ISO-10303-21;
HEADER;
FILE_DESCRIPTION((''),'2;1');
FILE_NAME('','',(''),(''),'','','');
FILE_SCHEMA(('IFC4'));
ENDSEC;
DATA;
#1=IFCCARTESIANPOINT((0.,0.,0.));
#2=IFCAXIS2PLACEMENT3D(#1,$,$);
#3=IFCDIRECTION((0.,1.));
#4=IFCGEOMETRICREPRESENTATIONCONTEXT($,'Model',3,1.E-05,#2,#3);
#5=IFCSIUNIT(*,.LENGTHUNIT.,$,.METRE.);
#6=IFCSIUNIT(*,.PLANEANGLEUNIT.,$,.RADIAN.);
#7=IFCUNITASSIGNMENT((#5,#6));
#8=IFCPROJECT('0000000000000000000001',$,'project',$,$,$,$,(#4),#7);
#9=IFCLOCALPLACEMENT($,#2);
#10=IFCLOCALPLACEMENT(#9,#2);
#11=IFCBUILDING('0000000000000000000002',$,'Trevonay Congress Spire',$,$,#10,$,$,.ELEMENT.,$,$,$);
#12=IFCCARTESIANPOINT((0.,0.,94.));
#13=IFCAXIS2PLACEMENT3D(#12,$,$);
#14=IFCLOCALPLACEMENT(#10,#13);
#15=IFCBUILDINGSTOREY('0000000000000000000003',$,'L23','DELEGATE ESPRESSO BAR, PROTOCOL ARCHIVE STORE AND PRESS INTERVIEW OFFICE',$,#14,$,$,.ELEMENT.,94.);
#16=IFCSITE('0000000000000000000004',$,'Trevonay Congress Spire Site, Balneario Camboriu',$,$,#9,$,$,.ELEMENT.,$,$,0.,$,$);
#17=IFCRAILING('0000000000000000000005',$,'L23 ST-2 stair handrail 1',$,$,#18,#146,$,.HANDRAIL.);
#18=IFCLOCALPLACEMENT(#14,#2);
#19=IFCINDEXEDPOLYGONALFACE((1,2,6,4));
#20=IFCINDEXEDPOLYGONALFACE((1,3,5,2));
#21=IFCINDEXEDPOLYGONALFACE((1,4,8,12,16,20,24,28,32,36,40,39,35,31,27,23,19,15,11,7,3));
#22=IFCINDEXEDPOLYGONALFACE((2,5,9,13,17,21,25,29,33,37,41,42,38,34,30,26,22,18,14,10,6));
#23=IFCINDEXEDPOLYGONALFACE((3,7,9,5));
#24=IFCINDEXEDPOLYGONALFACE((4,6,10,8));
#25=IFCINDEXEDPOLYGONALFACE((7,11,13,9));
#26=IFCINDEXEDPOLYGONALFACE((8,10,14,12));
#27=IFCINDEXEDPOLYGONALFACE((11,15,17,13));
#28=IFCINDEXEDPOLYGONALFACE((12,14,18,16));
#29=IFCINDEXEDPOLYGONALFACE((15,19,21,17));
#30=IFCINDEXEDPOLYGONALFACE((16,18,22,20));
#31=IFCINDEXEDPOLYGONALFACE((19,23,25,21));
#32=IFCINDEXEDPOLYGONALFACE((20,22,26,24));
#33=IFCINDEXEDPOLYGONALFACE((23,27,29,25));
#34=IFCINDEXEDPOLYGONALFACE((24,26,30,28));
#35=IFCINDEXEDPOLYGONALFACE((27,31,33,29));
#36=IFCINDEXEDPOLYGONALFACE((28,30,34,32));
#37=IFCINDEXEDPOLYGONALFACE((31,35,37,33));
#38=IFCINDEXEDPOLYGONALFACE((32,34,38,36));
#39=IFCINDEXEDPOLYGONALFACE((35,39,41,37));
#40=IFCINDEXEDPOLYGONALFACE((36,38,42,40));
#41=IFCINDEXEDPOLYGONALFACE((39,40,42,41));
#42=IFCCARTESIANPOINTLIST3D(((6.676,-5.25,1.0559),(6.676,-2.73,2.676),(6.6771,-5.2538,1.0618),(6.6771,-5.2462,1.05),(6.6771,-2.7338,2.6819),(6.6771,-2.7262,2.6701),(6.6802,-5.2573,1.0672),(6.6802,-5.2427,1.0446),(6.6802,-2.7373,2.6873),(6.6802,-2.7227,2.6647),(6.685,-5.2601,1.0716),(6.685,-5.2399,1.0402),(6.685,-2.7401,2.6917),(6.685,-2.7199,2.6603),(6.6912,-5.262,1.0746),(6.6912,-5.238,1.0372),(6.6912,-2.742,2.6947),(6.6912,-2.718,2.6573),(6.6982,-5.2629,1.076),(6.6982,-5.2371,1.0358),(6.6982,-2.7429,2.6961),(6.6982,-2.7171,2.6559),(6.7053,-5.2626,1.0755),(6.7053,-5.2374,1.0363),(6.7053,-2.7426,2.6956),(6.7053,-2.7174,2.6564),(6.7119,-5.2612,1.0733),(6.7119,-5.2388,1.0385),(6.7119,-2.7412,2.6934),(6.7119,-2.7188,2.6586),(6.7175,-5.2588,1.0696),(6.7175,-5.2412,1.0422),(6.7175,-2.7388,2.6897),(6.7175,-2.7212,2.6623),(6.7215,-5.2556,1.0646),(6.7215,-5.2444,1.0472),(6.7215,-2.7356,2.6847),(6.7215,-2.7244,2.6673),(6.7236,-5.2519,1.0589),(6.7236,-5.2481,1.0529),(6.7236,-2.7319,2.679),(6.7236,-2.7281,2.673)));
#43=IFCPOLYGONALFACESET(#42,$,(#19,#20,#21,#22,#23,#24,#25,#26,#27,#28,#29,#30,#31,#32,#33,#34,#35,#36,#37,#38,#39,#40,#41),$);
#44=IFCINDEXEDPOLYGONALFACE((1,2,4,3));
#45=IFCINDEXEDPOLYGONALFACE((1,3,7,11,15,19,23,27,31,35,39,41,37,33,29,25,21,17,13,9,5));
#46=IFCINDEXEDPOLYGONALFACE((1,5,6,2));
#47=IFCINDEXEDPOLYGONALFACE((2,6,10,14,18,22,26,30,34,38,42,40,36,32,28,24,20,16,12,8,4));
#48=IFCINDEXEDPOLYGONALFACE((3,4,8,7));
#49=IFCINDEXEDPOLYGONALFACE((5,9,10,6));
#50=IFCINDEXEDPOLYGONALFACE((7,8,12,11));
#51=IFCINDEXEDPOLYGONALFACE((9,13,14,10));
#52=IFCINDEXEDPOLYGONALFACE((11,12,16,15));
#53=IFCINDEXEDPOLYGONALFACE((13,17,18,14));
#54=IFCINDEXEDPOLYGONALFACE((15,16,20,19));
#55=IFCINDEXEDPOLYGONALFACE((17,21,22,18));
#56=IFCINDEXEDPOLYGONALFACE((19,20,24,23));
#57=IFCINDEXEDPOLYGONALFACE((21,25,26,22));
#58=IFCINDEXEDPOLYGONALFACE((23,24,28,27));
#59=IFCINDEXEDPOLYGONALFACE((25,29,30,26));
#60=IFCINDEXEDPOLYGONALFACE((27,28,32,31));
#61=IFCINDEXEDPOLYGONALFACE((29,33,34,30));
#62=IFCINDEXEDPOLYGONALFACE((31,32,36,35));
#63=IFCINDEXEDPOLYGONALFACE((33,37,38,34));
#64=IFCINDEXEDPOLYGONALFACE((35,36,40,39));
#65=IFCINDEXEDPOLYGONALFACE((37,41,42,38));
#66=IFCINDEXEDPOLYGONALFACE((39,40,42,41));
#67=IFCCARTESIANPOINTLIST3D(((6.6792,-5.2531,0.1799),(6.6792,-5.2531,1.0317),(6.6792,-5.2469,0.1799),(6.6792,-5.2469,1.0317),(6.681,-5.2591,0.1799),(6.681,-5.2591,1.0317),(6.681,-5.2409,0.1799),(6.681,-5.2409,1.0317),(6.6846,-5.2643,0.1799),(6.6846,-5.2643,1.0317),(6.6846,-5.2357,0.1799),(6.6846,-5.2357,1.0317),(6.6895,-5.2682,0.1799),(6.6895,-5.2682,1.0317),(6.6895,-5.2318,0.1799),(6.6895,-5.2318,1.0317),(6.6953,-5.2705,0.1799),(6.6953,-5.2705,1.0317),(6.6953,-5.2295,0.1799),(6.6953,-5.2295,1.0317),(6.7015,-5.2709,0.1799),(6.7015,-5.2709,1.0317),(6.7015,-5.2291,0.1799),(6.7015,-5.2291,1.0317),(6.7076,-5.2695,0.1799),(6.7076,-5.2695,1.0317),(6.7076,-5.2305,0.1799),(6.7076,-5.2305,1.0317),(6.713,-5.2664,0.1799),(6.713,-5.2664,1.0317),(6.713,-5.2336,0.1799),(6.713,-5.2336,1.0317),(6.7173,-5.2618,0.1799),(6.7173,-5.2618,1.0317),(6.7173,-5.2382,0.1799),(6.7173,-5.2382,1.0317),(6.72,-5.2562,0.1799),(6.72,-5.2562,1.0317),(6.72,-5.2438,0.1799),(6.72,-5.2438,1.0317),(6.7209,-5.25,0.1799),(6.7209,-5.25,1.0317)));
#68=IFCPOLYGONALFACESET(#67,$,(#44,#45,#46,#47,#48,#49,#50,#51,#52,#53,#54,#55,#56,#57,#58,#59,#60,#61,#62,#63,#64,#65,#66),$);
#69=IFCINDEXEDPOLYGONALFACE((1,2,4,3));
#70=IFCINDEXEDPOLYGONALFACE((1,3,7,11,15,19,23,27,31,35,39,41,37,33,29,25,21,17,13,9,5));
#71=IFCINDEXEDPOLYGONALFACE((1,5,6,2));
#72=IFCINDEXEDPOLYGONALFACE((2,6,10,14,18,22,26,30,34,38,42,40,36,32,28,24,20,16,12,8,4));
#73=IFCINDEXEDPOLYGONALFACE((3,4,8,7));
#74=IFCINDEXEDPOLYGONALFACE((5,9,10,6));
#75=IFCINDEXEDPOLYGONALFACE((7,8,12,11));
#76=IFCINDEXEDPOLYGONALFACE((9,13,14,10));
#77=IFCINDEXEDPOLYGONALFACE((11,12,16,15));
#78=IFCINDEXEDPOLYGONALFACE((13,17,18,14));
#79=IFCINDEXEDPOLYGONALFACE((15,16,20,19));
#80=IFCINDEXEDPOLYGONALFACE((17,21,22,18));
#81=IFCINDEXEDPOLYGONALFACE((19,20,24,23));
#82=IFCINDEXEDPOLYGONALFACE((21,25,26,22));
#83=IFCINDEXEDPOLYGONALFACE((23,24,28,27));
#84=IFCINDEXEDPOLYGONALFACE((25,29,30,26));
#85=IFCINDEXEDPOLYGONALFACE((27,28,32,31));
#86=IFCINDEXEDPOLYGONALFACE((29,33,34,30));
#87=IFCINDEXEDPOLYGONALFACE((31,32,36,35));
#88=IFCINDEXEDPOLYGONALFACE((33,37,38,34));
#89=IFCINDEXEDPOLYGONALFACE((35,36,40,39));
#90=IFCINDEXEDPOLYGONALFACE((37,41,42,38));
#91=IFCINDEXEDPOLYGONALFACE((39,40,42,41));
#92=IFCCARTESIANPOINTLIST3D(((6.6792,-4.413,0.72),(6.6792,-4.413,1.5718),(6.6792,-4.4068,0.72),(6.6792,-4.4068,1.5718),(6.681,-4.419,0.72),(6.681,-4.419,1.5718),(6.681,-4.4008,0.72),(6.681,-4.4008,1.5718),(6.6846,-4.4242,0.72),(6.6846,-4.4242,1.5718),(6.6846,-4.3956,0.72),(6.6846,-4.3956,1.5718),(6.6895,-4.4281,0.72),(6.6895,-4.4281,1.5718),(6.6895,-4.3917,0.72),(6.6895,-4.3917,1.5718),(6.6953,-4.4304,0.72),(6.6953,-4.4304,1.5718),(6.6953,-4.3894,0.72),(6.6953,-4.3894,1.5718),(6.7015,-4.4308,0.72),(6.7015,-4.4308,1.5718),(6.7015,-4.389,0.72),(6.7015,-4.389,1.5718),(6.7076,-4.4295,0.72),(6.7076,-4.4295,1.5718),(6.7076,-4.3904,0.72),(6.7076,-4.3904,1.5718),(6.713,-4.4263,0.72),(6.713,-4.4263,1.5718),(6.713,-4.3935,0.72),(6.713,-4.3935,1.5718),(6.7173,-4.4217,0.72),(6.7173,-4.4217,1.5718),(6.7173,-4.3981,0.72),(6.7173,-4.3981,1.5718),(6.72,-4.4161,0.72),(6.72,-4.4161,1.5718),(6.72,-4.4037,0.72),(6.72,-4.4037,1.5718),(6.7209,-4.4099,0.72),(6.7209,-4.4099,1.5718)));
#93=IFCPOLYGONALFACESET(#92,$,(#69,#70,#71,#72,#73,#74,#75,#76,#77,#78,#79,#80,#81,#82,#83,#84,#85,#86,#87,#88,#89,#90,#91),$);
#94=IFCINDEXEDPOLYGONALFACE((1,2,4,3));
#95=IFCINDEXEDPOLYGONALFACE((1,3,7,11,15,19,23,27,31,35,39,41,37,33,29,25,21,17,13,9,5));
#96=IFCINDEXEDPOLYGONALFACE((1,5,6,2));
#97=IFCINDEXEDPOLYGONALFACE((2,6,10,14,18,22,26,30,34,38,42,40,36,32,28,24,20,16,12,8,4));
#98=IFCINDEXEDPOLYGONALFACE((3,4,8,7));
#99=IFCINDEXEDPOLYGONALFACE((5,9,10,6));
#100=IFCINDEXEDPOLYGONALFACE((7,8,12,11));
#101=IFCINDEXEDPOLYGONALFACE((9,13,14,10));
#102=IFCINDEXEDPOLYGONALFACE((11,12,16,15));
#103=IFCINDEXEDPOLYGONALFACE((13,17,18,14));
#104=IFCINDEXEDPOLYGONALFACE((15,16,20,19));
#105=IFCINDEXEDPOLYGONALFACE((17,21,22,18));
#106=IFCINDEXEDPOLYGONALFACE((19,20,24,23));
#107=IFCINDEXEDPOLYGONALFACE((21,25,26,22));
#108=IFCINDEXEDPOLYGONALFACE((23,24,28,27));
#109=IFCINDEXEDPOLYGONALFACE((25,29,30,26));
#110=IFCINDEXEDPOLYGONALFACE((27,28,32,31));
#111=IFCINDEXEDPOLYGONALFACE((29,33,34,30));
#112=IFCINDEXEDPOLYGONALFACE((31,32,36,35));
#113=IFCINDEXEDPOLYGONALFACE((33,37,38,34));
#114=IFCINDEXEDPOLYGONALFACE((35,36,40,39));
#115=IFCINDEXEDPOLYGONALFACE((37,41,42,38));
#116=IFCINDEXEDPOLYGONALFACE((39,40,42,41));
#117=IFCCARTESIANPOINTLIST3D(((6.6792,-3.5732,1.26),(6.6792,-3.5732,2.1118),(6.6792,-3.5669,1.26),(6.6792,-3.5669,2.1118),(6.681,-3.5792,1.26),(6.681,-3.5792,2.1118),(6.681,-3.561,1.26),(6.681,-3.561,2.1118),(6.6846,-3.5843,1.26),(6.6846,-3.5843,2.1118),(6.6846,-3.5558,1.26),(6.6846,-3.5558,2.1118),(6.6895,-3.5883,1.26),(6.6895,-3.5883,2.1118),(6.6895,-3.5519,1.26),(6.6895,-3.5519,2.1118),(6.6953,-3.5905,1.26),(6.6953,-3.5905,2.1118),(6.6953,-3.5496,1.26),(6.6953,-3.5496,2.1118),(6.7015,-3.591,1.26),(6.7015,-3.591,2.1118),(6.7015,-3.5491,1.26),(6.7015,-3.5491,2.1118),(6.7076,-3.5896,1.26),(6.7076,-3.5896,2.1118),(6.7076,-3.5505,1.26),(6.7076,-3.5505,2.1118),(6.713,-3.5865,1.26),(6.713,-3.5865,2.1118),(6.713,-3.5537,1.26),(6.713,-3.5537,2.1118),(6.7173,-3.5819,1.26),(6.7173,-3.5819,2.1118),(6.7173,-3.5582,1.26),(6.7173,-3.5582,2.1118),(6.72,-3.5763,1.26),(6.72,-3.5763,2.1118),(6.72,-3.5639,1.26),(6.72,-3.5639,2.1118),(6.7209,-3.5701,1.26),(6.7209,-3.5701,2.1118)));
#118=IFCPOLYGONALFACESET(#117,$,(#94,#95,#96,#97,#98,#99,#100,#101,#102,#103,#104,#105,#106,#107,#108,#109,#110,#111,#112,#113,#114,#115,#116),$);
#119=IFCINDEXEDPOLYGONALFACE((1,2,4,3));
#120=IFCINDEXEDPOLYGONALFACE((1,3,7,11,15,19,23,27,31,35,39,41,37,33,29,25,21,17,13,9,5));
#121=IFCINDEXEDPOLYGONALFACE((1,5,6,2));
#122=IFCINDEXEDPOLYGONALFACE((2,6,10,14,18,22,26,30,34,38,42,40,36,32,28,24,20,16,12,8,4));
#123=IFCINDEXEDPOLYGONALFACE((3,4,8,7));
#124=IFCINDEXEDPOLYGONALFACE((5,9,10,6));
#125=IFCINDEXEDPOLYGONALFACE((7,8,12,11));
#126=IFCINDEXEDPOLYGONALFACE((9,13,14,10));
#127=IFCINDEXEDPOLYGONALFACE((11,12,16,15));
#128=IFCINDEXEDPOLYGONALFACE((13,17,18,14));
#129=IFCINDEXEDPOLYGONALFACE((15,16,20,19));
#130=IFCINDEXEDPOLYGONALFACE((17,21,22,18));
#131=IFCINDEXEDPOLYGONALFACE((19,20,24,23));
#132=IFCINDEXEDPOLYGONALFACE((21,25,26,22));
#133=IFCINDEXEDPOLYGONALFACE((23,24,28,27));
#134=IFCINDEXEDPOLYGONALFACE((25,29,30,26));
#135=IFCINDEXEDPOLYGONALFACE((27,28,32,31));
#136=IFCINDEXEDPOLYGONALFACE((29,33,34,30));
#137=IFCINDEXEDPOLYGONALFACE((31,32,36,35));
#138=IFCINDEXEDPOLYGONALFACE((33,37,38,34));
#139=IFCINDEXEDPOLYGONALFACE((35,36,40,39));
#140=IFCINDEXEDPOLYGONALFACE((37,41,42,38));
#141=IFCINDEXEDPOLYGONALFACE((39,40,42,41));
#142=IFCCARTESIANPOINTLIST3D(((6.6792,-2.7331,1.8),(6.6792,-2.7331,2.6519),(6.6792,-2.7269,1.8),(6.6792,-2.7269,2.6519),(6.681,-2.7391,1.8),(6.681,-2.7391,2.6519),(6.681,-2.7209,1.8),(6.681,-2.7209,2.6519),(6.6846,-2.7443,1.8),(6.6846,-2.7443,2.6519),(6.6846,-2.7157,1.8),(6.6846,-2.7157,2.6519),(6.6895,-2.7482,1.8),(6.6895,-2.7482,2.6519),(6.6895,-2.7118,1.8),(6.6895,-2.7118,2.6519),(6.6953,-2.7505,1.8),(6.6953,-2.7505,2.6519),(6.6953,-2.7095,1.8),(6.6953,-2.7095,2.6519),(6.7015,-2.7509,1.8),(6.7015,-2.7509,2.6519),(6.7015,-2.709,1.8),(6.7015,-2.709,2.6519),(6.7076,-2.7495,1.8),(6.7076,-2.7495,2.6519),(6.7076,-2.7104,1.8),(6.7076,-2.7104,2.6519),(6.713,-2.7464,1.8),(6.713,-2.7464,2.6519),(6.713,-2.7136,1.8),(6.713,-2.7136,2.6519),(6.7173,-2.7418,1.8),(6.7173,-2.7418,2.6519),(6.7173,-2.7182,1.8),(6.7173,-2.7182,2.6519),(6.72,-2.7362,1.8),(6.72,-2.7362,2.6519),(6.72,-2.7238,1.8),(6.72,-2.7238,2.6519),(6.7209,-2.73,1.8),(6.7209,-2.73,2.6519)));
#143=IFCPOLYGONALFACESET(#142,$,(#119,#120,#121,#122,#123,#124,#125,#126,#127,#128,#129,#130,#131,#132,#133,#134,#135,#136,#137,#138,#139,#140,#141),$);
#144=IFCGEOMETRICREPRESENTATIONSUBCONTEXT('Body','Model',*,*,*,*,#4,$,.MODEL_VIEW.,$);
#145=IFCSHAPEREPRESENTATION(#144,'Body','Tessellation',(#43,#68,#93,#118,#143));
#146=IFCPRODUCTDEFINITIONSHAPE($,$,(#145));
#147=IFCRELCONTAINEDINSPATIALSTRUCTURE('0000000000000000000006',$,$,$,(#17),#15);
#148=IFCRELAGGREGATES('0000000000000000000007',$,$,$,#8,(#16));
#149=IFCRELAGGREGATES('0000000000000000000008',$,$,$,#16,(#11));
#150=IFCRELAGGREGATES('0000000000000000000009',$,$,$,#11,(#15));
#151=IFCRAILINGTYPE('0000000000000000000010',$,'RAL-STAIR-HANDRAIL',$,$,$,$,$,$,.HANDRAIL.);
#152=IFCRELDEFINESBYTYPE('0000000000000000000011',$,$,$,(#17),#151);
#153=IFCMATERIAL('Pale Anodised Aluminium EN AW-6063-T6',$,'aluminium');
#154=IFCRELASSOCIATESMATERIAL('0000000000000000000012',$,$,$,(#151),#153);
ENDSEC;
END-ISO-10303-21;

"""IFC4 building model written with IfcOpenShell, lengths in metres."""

from ifc_helpers import new_model, si_unit, direction, frame, origin, origin_2d, place, context, subcontext, project, spatial, circle, extrude, material, type_object, element, save


model = new_model("IFC4")

# Units and contexts
model_context = context("Model", 3, precision=1e-05, world=origin(), true_north=direction((0.0, 1.0)))
body_context = subcontext(model_context, "Body", "Model", "MODEL_VIEW")
ifc_project = project(units=[si_unit("LENGTHUNIT", "METRE"), si_unit("PLANEANGLEUNIT", "RADIAN")], contexts=[model_context])

# Site, building, storey
site_placement = place(None, origin())
site = spatial("IfcSite", under=ifc_project, at=site_placement, Name="Trevonay Congress Spire Site, Balneario Camboriu", CompositionType="ELEMENT", RefElevation=0.0)
building_placement = place(site_placement, origin())
building = spatial("IfcBuilding", under=site, at=building_placement, Name="Trevonay Congress Spire", CompositionType="ELEMENT")
storey_placement = place(building_placement, frame((0.0, 0.0, 94.0)))
storey = spatial("IfcBuildingStorey", under=building, at=storey_placement, Name="L23", Description="DELEGATE ESPRESSO BAR, PROTOCOL ARCHIVE STORE AND PRESS INTERVIEW OFFICE", CompositionType="ELEMENT", Elevation=94.0)

# Shared definitions
ifc_material_1 = material(Name="Pale Anodised Aluminium EN AW-6063-T6", Category="aluminium")

# Railing
railing_type_1 = type_object("IfcRailingType", Name="RAL-STAIR-HANDRAIL", PredefinedType="HANDRAIL", material=ifc_material_1)
railing_1_placement = place(storey_placement, frame((6.7, -5.25, 0.1799)))
element("IfcRailing", 1, at=railing_1_placement, inside=storey, type_object=railing_type_1, Name="L23 ST-2 stair handrail 1", PredefinedType="HANDRAIL", context=body_context, shape_type="SweptSolid", body=[
    extrude(circle(Radius=0.0239, at=origin_2d()), frame((0.0, 0.0, 0.876), z_axis=(0.0, 0.841163, 0.540782), x_axis=(-1.0, 0.0, 0.0)), (0.0, 0.0, 1.0), 2.9958),
    extrude(circle(Radius=0.021, at=origin_2d()), origin(), (0.0, 0.0, 1.0), 0.8518),
    extrude(circle(Radius=0.021, at=origin_2d()), frame((0.0, 0.8401, 0.54)), (0.0, 0.0, 1.0), 0.8518),
    extrude(circle(Radius=0.021, at=origin_2d()), frame((0.0, 1.6799, 1.0801)), (0.0, 0.0, 1.0), 0.8518),
    extrude(circle(Radius=0.021, at=origin_2d()), frame((0.0, 2.52, 1.6201)), (0.0, 0.0, 1.0), 0.8518),
])

save(model, "model.ifc")
